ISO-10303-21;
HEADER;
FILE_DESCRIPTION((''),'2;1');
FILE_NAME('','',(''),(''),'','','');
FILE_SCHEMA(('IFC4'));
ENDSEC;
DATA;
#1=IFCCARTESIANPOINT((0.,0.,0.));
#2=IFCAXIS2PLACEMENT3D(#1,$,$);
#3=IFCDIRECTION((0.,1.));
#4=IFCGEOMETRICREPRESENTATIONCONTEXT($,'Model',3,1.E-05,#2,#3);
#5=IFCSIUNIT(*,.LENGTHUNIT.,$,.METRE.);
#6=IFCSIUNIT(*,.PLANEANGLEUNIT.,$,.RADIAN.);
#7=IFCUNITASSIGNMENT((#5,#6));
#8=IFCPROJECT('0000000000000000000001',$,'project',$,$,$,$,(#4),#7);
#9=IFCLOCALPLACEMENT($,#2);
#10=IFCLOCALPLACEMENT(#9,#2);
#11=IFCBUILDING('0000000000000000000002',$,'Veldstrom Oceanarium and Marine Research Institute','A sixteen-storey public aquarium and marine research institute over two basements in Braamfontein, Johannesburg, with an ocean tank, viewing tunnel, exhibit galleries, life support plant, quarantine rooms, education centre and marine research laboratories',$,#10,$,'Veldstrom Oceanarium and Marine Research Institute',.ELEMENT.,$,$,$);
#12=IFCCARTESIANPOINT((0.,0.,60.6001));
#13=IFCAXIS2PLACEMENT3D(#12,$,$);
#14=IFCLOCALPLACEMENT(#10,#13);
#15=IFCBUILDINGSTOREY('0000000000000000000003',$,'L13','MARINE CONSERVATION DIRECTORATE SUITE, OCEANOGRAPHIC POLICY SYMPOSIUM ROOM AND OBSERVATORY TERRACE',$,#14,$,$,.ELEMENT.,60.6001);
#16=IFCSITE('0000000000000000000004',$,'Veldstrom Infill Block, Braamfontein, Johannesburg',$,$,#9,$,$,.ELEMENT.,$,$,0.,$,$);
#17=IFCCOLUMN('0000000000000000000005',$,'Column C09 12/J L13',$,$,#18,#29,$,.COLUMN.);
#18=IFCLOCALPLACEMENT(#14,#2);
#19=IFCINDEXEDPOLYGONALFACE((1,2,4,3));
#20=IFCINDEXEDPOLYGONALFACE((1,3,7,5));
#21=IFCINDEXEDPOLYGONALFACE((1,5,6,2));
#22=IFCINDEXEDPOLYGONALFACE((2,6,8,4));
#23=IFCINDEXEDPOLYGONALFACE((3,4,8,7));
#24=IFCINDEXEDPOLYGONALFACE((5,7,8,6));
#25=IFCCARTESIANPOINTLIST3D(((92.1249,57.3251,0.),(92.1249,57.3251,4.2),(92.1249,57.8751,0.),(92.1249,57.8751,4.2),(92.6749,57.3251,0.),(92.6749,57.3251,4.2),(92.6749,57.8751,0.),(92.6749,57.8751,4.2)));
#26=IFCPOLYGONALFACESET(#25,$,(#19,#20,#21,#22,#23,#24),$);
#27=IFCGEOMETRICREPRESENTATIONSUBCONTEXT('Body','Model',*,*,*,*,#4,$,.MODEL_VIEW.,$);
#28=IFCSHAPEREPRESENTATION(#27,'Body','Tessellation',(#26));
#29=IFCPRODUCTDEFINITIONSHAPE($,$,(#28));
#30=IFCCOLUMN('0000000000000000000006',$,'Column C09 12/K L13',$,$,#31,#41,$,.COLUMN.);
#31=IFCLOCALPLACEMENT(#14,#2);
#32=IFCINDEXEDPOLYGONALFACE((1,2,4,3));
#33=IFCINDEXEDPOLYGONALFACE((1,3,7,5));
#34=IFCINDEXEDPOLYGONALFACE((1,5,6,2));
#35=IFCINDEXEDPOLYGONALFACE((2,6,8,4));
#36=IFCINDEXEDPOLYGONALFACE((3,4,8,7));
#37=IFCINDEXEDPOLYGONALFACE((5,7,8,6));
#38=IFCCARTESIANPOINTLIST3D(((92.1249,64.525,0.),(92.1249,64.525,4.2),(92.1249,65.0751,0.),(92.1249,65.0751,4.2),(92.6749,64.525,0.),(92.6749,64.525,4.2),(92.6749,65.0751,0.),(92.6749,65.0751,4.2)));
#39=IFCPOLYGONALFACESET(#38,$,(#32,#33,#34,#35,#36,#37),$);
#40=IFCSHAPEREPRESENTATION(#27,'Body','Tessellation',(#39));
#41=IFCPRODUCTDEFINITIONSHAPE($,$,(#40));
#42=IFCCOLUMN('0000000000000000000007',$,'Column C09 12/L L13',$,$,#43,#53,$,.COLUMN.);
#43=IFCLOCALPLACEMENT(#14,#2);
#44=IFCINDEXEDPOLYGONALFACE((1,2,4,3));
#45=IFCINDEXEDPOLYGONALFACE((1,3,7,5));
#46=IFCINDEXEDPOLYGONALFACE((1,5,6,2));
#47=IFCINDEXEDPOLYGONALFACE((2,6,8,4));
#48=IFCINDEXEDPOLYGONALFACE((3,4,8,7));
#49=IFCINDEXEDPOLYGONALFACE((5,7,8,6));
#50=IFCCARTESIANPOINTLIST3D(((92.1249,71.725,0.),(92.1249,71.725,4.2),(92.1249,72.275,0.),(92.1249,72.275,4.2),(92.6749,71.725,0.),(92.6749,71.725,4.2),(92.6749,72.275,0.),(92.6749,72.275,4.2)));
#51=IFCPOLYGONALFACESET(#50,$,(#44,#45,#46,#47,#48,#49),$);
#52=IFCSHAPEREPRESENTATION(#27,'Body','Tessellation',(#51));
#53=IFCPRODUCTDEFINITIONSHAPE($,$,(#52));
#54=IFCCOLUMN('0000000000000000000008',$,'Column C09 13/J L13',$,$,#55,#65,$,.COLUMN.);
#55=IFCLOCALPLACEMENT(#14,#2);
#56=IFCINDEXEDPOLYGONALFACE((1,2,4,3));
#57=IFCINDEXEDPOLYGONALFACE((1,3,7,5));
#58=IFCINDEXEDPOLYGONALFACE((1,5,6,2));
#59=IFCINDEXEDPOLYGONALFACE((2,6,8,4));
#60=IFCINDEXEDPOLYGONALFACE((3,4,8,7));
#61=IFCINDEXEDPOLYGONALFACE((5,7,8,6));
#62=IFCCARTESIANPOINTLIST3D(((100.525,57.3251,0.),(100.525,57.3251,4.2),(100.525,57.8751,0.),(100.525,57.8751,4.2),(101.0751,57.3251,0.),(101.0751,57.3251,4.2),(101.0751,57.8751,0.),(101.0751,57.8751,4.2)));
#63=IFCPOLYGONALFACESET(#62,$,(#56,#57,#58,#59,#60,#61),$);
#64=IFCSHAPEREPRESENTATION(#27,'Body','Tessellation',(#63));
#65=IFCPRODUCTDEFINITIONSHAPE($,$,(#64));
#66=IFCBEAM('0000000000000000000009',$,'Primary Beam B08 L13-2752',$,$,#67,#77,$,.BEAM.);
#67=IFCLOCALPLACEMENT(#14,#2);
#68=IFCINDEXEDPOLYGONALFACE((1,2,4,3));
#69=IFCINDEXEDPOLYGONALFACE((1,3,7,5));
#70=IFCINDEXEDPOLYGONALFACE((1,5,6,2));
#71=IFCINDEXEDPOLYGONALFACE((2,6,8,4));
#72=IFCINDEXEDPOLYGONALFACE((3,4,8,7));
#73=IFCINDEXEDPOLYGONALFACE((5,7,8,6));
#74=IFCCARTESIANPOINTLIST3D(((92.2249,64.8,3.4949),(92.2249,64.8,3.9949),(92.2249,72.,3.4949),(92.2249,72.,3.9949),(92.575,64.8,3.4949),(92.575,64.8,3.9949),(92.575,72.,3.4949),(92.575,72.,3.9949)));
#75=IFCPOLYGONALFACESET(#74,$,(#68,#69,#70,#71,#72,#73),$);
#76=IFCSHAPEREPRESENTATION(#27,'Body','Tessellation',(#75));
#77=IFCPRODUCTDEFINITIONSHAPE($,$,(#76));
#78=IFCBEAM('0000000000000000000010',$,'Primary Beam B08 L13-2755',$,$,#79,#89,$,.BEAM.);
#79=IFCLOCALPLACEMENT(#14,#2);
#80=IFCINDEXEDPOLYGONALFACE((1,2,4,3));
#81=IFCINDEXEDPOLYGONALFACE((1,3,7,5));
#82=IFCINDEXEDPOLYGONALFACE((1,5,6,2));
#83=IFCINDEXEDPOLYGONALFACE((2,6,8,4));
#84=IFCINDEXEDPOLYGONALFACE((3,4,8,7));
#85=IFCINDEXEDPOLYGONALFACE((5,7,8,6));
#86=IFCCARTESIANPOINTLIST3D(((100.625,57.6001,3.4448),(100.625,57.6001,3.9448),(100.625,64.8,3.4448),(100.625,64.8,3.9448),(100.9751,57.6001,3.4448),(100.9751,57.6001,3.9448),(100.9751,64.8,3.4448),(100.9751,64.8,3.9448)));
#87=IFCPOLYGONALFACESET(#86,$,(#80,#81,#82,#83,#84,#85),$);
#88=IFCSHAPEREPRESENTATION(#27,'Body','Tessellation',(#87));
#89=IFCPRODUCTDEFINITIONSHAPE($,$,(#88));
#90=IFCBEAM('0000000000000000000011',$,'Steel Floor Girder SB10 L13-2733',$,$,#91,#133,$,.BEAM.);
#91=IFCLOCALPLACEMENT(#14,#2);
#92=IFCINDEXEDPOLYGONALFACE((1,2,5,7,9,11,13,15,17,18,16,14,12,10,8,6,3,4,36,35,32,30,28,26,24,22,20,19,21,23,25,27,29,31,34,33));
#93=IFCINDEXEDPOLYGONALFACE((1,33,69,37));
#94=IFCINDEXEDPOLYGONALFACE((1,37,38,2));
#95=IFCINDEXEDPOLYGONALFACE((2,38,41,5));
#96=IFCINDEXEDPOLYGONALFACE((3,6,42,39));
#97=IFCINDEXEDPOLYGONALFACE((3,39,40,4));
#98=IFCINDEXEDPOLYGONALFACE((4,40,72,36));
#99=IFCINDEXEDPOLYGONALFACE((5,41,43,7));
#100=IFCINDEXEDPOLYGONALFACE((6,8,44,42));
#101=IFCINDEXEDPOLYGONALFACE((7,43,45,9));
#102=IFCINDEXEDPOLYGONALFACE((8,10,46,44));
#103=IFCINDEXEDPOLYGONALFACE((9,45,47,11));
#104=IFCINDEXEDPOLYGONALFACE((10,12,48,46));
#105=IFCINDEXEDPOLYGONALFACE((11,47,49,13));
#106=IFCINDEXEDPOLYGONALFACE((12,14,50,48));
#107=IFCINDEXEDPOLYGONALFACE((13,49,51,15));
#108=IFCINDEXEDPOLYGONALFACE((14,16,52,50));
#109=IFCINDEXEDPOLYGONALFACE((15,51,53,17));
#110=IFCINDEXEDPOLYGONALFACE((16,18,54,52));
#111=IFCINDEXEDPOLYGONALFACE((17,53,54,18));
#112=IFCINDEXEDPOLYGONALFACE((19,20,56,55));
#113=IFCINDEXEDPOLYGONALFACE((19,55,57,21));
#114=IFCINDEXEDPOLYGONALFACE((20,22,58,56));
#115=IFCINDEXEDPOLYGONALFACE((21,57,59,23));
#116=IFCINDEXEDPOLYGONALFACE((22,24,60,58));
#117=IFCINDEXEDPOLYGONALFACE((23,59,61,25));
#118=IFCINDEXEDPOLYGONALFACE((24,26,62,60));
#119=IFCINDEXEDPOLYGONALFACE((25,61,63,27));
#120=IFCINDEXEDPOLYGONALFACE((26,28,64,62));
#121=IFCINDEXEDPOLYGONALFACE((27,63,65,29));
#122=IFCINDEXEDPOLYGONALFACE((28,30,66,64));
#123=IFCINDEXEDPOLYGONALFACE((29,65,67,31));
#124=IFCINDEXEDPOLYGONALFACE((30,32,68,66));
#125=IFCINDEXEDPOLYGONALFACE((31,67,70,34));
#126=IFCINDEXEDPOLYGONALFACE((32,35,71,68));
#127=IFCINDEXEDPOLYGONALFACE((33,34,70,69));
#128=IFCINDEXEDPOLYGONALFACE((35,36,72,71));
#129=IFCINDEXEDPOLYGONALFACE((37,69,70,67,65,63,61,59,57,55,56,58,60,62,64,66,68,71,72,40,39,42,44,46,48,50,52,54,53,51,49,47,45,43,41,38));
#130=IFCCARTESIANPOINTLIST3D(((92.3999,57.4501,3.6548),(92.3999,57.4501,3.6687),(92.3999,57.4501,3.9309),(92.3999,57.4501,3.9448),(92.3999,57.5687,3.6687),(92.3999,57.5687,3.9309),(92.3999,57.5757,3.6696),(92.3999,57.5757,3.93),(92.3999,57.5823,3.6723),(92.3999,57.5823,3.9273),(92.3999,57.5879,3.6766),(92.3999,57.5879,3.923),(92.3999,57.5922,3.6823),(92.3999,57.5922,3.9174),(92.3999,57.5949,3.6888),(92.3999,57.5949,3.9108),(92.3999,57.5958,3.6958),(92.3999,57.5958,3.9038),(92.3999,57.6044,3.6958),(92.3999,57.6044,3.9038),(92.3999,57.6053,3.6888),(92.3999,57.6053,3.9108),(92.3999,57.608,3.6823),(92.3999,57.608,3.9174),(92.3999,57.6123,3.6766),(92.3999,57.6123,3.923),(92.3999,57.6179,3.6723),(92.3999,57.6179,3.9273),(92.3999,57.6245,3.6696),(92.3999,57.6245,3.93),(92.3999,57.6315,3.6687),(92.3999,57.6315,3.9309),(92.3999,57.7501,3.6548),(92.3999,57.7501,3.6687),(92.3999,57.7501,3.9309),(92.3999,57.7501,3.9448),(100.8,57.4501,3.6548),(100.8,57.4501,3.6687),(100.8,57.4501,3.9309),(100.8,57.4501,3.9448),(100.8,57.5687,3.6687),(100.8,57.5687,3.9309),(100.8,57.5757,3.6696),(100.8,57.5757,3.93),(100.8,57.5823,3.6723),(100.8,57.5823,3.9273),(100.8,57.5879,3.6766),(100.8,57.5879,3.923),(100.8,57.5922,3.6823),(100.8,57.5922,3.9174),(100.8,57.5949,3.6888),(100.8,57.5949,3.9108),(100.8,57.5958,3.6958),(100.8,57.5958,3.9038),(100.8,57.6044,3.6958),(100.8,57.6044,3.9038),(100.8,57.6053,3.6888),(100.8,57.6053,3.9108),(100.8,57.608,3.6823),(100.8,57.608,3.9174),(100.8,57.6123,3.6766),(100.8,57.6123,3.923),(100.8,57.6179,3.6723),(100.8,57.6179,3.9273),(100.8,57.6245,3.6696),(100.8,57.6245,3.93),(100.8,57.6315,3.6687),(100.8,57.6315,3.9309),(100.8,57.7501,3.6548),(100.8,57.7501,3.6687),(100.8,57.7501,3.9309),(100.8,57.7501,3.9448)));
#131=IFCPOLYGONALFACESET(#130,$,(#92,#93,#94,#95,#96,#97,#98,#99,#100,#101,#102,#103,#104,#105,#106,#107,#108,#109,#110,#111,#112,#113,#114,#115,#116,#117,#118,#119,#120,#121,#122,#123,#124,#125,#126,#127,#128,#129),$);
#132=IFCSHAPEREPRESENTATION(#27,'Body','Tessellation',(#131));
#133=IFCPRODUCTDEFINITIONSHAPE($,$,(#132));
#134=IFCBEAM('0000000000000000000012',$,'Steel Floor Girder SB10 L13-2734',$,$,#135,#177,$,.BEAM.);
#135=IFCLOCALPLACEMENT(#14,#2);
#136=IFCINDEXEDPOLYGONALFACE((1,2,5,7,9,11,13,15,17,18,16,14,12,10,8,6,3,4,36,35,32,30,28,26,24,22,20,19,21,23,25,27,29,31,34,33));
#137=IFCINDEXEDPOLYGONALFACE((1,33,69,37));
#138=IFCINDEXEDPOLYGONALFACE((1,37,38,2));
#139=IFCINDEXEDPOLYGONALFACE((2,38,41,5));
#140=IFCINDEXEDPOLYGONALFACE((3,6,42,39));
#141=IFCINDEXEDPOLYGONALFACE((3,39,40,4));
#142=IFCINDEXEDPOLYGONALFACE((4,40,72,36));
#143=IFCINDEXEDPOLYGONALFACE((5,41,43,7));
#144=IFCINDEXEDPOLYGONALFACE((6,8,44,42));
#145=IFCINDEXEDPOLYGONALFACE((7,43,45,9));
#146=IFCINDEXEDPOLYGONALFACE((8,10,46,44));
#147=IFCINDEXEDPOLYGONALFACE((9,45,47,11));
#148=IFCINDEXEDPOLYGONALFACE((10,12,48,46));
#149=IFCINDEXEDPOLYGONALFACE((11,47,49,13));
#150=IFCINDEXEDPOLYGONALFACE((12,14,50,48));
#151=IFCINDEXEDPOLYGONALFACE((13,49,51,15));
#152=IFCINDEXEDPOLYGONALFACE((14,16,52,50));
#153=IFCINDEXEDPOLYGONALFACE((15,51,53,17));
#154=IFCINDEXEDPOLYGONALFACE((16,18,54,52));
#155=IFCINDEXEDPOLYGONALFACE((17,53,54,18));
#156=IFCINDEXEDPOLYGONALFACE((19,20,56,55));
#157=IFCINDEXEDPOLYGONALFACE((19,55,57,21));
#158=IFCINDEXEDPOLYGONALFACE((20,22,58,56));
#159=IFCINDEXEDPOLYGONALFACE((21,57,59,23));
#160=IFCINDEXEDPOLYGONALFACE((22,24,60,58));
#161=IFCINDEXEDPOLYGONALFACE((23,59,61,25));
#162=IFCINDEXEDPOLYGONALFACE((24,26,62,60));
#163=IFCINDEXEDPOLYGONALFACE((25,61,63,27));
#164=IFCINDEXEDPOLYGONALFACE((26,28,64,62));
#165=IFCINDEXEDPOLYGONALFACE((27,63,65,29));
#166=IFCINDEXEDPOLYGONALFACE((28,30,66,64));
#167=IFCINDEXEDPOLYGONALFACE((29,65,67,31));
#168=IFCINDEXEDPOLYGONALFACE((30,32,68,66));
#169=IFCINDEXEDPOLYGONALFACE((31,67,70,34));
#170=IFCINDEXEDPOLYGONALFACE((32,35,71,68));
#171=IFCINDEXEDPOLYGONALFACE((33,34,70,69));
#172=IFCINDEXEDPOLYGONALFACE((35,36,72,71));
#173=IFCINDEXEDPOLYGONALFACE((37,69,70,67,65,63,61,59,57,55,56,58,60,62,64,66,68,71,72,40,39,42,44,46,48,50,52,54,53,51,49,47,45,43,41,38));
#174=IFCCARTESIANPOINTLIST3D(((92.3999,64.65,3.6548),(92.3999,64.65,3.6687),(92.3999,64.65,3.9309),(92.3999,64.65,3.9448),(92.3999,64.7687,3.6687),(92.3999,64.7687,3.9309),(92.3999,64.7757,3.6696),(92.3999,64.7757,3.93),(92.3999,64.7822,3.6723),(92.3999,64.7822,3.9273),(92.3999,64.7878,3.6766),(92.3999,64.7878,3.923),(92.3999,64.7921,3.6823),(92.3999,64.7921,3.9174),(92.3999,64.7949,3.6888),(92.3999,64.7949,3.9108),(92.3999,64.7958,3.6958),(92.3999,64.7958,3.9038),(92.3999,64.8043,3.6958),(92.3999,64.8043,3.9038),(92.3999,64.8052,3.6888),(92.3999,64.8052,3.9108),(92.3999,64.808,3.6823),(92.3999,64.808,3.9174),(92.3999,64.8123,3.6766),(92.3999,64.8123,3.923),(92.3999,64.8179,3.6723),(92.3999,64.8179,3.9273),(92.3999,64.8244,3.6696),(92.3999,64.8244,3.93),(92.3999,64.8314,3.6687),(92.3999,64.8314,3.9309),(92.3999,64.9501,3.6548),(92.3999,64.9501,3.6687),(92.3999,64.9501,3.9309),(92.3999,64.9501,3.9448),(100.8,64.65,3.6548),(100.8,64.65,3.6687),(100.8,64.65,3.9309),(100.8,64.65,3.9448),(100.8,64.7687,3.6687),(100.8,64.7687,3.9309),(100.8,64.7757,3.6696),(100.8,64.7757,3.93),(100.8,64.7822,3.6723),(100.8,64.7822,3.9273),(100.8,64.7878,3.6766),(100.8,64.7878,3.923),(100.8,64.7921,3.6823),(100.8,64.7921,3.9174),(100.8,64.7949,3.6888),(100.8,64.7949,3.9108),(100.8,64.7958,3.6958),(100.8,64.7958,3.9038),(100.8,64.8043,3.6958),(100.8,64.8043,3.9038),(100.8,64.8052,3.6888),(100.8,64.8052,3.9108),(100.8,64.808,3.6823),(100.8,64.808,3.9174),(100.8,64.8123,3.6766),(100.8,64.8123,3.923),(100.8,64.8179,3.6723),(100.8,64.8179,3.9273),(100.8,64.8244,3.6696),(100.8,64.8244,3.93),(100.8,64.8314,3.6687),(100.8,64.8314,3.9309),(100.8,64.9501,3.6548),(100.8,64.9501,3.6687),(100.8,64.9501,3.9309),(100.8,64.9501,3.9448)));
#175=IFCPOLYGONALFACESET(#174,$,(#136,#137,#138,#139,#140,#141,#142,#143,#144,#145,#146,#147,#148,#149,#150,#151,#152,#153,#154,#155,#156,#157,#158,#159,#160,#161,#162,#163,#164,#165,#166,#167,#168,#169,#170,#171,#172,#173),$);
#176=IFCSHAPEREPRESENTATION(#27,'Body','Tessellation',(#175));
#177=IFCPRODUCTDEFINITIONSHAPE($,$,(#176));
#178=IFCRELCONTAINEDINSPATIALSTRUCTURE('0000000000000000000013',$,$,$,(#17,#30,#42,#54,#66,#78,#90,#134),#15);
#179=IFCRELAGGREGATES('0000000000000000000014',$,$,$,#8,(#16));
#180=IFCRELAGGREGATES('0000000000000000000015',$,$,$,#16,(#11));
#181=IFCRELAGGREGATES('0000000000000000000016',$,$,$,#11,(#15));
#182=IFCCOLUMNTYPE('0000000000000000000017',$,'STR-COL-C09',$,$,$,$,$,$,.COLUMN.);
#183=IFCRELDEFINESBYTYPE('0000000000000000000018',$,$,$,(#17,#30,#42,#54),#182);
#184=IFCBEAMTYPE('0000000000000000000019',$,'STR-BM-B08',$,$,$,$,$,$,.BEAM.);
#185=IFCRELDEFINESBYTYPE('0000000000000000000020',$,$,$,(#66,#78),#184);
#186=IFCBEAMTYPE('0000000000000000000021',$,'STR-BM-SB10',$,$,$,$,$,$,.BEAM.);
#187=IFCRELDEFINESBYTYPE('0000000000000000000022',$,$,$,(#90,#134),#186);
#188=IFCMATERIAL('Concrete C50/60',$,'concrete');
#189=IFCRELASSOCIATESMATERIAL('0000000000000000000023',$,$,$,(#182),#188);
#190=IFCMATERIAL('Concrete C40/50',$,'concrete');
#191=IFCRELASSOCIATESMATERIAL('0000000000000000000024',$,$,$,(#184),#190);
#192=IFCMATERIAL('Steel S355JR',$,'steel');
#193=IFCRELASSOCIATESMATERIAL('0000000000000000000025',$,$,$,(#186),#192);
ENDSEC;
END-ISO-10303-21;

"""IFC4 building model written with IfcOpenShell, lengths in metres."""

from ifc_helpers import new_model, si_unit, direction, frame, origin, origin_2d, place, context, subcontext, project, spatial, rectangle, i_section, extrude, material, material_profile, profile_set, type_object, element, save


model = new_model("IFC4")

# Units and contexts
model_context = context("Model", 3, precision=1e-05, world=origin(), true_north=direction((0.0, 1.0)))
body_context = subcontext(model_context, "Body", "Model", "MODEL_VIEW")
ifc_project = project(units=[si_unit("LENGTHUNIT", "METRE"), si_unit("PLANEANGLEUNIT", "RADIAN")], contexts=[model_context])

# Site, building, storey
site_placement = place(None, origin())
site = spatial("IfcSite", under=ifc_project, at=site_placement, Name="Veldstrom Infill Block, Braamfontein, Johannesburg", CompositionType="ELEMENT", RefElevation=0.0)
building_placement = place(site_placement, origin())
building = spatial("IfcBuilding", under=site, at=building_placement, Name="Veldstrom Oceanarium and Marine Research Institute", Description="A sixteen-storey public aquarium and marine research institute over two basements in Braamfontein, Johannesburg, with an ocean tank, viewing tunnel, exhibit galleries, life support plant, quarantine rooms, education centre and marine research laboratories", LongName="Veldstrom Oceanarium and Marine Research Institute", CompositionType="ELEMENT")
storey_placement = place(building_placement, frame((0.0, 0.0, 60.6001)))
storey = spatial("IfcBuildingStorey", under=building, at=storey_placement, Name="L13", Description="MARINE CONSERVATION DIRECTORATE SUITE, OCEANOGRAPHIC POLICY SYMPOSIUM ROOM AND OBSERVATORY TERRACE", CompositionType="ELEMENT", Elevation=60.6001)

# Columns
ifc_material_1 = material(Name="Concrete C50/60", Category="concrete")
ifc_material_profile_1 = material_profile(ifc_material_1, rectangle(XDim=0.55, YDim=0.55, at=origin_2d()), Name="RC-COL-550x550")
ifc_profile_set_1 = profile_set([ifc_material_profile_1], Name="Concrete C50/60")
column_type = type_object("IfcColumnType", Name="STR-COL-C09", PredefinedType="COLUMN", material=ifc_profile_set_1)
for number, where, z_axis, x_axis, name in (
    (1, (92.3999, 57.6001, 0.0), (0.0, 0.0, 1.0), (1.0, 0.0, 0.0), "Column C09 12/J L13"),
    (2, (92.3999, 64.8, 0.0), (0.0, 0.0, 1.0), (1.0, 0.0, 0.0), "Column C09 12/K L13"),
    (3, (92.3999, 72.0, 0.0), (0.0, 0.0, 1.0), (1.0, 0.0, 0.0), "Column C09 12/L L13"),
    (4, (100.8, 57.6001, 0.0), (0.0, 0.0, 1.0), (1.0, 0.0, 0.0), "Column C09 13/J L13"),
):
    element("IfcColumn", number, at=place(storey_placement, frame(where, z_axis=z_axis, x_axis=x_axis)), inside=storey, type_object=column_type, Name=name, PredefinedType="COLUMN", context=body_context, shape_type="SweptSolid", body=[
        extrude(rectangle(XDim=0.55, YDim=0.55, at=origin_2d()), origin(), (0.0, 0.0, 1.0), 4.2),
    ])

# Beams
ifc_material_2 = material(Name="Concrete C40/50", Category="concrete")
ifc_material_profile_2 = material_profile(ifc_material_2, rectangle(XDim=0.3501, YDim=0.5, at=origin_2d()), Name="RC-BM-350x500")
ifc_profile_set_2 = profile_set([ifc_material_profile_2], Name="Concrete C40/50")
beam_type_1 = type_object("IfcBeamType", Name="STR-BM-B08", PredefinedType="BEAM", material=ifc_profile_set_2)
for number, where, z_axis, x_axis, name in (
    (5, (92.3999, 64.8, 3.7449), (0.0, 1.0, 0.0), (-1.0, 0.0, 0.0), "Primary Beam B08 L13-2752"),
    (6, (100.8, 57.6001, 3.6948), (0.0, 1.0, 0.0), (-1.0, 0.0, 0.0), "Primary Beam B08 L13-2755"),
):
    element("IfcBeam", number, at=place(storey_placement, frame(where, z_axis=z_axis, x_axis=x_axis)), inside=storey, type_object=beam_type_1, Name=name, PredefinedType="BEAM", context=body_context, shape_type="SweptSolid", body=[
        extrude(rectangle(XDim=0.3501, YDim=0.5, at=origin_2d()), origin(), (0.0, 0.0, 1.0), 7.2),
    ])
ifc_material_3 = material(Name="Steel S355JR", Category="steel")
ifc_material_profile_3 = material_profile(ifc_material_3, i_section(OverallWidth=0.3, OverallDepth=0.29, WebThickness=0.0085, FlangeThickness=0.0139, FilletRadius=0.0271, at=origin_2d()), Name="HEA 300")
ifc_profile_set_3 = profile_set([ifc_material_profile_3], Name="Steel S355JR")
beam_type_2 = type_object("IfcBeamType", Name="STR-BM-SB10", PredefinedType="BEAM", material=ifc_profile_set_3)
for number, where, z_axis, x_axis, name in (
    (7, (92.3999, 57.6001, 3.7998), (1.0, 0.0, 0.0), (0.0, 1.0, 0.0), "Steel Floor Girder SB10 L13-2733"),
    (8, (92.3999, 64.8, 3.7998), (1.0, 0.0, 0.0), (0.0, 1.0, 0.0), "Steel Floor Girder SB10 L13-2734"),
):
    element("IfcBeam", number, at=place(storey_placement, frame(where, z_axis=z_axis, x_axis=x_axis)), inside=storey, type_object=beam_type_2, Name=name, PredefinedType="BEAM", context=body_context, shape_type="SweptSolid", body=[
        extrude(i_section(OverallWidth=0.3, OverallDepth=0.29, WebThickness=0.0085, FlangeThickness=0.0139, FilletRadius=0.0271, at=origin_2d()), origin(), (0.0, 0.0, 1.0), 8.4001),
    ])

save(model, "model.ifc")
